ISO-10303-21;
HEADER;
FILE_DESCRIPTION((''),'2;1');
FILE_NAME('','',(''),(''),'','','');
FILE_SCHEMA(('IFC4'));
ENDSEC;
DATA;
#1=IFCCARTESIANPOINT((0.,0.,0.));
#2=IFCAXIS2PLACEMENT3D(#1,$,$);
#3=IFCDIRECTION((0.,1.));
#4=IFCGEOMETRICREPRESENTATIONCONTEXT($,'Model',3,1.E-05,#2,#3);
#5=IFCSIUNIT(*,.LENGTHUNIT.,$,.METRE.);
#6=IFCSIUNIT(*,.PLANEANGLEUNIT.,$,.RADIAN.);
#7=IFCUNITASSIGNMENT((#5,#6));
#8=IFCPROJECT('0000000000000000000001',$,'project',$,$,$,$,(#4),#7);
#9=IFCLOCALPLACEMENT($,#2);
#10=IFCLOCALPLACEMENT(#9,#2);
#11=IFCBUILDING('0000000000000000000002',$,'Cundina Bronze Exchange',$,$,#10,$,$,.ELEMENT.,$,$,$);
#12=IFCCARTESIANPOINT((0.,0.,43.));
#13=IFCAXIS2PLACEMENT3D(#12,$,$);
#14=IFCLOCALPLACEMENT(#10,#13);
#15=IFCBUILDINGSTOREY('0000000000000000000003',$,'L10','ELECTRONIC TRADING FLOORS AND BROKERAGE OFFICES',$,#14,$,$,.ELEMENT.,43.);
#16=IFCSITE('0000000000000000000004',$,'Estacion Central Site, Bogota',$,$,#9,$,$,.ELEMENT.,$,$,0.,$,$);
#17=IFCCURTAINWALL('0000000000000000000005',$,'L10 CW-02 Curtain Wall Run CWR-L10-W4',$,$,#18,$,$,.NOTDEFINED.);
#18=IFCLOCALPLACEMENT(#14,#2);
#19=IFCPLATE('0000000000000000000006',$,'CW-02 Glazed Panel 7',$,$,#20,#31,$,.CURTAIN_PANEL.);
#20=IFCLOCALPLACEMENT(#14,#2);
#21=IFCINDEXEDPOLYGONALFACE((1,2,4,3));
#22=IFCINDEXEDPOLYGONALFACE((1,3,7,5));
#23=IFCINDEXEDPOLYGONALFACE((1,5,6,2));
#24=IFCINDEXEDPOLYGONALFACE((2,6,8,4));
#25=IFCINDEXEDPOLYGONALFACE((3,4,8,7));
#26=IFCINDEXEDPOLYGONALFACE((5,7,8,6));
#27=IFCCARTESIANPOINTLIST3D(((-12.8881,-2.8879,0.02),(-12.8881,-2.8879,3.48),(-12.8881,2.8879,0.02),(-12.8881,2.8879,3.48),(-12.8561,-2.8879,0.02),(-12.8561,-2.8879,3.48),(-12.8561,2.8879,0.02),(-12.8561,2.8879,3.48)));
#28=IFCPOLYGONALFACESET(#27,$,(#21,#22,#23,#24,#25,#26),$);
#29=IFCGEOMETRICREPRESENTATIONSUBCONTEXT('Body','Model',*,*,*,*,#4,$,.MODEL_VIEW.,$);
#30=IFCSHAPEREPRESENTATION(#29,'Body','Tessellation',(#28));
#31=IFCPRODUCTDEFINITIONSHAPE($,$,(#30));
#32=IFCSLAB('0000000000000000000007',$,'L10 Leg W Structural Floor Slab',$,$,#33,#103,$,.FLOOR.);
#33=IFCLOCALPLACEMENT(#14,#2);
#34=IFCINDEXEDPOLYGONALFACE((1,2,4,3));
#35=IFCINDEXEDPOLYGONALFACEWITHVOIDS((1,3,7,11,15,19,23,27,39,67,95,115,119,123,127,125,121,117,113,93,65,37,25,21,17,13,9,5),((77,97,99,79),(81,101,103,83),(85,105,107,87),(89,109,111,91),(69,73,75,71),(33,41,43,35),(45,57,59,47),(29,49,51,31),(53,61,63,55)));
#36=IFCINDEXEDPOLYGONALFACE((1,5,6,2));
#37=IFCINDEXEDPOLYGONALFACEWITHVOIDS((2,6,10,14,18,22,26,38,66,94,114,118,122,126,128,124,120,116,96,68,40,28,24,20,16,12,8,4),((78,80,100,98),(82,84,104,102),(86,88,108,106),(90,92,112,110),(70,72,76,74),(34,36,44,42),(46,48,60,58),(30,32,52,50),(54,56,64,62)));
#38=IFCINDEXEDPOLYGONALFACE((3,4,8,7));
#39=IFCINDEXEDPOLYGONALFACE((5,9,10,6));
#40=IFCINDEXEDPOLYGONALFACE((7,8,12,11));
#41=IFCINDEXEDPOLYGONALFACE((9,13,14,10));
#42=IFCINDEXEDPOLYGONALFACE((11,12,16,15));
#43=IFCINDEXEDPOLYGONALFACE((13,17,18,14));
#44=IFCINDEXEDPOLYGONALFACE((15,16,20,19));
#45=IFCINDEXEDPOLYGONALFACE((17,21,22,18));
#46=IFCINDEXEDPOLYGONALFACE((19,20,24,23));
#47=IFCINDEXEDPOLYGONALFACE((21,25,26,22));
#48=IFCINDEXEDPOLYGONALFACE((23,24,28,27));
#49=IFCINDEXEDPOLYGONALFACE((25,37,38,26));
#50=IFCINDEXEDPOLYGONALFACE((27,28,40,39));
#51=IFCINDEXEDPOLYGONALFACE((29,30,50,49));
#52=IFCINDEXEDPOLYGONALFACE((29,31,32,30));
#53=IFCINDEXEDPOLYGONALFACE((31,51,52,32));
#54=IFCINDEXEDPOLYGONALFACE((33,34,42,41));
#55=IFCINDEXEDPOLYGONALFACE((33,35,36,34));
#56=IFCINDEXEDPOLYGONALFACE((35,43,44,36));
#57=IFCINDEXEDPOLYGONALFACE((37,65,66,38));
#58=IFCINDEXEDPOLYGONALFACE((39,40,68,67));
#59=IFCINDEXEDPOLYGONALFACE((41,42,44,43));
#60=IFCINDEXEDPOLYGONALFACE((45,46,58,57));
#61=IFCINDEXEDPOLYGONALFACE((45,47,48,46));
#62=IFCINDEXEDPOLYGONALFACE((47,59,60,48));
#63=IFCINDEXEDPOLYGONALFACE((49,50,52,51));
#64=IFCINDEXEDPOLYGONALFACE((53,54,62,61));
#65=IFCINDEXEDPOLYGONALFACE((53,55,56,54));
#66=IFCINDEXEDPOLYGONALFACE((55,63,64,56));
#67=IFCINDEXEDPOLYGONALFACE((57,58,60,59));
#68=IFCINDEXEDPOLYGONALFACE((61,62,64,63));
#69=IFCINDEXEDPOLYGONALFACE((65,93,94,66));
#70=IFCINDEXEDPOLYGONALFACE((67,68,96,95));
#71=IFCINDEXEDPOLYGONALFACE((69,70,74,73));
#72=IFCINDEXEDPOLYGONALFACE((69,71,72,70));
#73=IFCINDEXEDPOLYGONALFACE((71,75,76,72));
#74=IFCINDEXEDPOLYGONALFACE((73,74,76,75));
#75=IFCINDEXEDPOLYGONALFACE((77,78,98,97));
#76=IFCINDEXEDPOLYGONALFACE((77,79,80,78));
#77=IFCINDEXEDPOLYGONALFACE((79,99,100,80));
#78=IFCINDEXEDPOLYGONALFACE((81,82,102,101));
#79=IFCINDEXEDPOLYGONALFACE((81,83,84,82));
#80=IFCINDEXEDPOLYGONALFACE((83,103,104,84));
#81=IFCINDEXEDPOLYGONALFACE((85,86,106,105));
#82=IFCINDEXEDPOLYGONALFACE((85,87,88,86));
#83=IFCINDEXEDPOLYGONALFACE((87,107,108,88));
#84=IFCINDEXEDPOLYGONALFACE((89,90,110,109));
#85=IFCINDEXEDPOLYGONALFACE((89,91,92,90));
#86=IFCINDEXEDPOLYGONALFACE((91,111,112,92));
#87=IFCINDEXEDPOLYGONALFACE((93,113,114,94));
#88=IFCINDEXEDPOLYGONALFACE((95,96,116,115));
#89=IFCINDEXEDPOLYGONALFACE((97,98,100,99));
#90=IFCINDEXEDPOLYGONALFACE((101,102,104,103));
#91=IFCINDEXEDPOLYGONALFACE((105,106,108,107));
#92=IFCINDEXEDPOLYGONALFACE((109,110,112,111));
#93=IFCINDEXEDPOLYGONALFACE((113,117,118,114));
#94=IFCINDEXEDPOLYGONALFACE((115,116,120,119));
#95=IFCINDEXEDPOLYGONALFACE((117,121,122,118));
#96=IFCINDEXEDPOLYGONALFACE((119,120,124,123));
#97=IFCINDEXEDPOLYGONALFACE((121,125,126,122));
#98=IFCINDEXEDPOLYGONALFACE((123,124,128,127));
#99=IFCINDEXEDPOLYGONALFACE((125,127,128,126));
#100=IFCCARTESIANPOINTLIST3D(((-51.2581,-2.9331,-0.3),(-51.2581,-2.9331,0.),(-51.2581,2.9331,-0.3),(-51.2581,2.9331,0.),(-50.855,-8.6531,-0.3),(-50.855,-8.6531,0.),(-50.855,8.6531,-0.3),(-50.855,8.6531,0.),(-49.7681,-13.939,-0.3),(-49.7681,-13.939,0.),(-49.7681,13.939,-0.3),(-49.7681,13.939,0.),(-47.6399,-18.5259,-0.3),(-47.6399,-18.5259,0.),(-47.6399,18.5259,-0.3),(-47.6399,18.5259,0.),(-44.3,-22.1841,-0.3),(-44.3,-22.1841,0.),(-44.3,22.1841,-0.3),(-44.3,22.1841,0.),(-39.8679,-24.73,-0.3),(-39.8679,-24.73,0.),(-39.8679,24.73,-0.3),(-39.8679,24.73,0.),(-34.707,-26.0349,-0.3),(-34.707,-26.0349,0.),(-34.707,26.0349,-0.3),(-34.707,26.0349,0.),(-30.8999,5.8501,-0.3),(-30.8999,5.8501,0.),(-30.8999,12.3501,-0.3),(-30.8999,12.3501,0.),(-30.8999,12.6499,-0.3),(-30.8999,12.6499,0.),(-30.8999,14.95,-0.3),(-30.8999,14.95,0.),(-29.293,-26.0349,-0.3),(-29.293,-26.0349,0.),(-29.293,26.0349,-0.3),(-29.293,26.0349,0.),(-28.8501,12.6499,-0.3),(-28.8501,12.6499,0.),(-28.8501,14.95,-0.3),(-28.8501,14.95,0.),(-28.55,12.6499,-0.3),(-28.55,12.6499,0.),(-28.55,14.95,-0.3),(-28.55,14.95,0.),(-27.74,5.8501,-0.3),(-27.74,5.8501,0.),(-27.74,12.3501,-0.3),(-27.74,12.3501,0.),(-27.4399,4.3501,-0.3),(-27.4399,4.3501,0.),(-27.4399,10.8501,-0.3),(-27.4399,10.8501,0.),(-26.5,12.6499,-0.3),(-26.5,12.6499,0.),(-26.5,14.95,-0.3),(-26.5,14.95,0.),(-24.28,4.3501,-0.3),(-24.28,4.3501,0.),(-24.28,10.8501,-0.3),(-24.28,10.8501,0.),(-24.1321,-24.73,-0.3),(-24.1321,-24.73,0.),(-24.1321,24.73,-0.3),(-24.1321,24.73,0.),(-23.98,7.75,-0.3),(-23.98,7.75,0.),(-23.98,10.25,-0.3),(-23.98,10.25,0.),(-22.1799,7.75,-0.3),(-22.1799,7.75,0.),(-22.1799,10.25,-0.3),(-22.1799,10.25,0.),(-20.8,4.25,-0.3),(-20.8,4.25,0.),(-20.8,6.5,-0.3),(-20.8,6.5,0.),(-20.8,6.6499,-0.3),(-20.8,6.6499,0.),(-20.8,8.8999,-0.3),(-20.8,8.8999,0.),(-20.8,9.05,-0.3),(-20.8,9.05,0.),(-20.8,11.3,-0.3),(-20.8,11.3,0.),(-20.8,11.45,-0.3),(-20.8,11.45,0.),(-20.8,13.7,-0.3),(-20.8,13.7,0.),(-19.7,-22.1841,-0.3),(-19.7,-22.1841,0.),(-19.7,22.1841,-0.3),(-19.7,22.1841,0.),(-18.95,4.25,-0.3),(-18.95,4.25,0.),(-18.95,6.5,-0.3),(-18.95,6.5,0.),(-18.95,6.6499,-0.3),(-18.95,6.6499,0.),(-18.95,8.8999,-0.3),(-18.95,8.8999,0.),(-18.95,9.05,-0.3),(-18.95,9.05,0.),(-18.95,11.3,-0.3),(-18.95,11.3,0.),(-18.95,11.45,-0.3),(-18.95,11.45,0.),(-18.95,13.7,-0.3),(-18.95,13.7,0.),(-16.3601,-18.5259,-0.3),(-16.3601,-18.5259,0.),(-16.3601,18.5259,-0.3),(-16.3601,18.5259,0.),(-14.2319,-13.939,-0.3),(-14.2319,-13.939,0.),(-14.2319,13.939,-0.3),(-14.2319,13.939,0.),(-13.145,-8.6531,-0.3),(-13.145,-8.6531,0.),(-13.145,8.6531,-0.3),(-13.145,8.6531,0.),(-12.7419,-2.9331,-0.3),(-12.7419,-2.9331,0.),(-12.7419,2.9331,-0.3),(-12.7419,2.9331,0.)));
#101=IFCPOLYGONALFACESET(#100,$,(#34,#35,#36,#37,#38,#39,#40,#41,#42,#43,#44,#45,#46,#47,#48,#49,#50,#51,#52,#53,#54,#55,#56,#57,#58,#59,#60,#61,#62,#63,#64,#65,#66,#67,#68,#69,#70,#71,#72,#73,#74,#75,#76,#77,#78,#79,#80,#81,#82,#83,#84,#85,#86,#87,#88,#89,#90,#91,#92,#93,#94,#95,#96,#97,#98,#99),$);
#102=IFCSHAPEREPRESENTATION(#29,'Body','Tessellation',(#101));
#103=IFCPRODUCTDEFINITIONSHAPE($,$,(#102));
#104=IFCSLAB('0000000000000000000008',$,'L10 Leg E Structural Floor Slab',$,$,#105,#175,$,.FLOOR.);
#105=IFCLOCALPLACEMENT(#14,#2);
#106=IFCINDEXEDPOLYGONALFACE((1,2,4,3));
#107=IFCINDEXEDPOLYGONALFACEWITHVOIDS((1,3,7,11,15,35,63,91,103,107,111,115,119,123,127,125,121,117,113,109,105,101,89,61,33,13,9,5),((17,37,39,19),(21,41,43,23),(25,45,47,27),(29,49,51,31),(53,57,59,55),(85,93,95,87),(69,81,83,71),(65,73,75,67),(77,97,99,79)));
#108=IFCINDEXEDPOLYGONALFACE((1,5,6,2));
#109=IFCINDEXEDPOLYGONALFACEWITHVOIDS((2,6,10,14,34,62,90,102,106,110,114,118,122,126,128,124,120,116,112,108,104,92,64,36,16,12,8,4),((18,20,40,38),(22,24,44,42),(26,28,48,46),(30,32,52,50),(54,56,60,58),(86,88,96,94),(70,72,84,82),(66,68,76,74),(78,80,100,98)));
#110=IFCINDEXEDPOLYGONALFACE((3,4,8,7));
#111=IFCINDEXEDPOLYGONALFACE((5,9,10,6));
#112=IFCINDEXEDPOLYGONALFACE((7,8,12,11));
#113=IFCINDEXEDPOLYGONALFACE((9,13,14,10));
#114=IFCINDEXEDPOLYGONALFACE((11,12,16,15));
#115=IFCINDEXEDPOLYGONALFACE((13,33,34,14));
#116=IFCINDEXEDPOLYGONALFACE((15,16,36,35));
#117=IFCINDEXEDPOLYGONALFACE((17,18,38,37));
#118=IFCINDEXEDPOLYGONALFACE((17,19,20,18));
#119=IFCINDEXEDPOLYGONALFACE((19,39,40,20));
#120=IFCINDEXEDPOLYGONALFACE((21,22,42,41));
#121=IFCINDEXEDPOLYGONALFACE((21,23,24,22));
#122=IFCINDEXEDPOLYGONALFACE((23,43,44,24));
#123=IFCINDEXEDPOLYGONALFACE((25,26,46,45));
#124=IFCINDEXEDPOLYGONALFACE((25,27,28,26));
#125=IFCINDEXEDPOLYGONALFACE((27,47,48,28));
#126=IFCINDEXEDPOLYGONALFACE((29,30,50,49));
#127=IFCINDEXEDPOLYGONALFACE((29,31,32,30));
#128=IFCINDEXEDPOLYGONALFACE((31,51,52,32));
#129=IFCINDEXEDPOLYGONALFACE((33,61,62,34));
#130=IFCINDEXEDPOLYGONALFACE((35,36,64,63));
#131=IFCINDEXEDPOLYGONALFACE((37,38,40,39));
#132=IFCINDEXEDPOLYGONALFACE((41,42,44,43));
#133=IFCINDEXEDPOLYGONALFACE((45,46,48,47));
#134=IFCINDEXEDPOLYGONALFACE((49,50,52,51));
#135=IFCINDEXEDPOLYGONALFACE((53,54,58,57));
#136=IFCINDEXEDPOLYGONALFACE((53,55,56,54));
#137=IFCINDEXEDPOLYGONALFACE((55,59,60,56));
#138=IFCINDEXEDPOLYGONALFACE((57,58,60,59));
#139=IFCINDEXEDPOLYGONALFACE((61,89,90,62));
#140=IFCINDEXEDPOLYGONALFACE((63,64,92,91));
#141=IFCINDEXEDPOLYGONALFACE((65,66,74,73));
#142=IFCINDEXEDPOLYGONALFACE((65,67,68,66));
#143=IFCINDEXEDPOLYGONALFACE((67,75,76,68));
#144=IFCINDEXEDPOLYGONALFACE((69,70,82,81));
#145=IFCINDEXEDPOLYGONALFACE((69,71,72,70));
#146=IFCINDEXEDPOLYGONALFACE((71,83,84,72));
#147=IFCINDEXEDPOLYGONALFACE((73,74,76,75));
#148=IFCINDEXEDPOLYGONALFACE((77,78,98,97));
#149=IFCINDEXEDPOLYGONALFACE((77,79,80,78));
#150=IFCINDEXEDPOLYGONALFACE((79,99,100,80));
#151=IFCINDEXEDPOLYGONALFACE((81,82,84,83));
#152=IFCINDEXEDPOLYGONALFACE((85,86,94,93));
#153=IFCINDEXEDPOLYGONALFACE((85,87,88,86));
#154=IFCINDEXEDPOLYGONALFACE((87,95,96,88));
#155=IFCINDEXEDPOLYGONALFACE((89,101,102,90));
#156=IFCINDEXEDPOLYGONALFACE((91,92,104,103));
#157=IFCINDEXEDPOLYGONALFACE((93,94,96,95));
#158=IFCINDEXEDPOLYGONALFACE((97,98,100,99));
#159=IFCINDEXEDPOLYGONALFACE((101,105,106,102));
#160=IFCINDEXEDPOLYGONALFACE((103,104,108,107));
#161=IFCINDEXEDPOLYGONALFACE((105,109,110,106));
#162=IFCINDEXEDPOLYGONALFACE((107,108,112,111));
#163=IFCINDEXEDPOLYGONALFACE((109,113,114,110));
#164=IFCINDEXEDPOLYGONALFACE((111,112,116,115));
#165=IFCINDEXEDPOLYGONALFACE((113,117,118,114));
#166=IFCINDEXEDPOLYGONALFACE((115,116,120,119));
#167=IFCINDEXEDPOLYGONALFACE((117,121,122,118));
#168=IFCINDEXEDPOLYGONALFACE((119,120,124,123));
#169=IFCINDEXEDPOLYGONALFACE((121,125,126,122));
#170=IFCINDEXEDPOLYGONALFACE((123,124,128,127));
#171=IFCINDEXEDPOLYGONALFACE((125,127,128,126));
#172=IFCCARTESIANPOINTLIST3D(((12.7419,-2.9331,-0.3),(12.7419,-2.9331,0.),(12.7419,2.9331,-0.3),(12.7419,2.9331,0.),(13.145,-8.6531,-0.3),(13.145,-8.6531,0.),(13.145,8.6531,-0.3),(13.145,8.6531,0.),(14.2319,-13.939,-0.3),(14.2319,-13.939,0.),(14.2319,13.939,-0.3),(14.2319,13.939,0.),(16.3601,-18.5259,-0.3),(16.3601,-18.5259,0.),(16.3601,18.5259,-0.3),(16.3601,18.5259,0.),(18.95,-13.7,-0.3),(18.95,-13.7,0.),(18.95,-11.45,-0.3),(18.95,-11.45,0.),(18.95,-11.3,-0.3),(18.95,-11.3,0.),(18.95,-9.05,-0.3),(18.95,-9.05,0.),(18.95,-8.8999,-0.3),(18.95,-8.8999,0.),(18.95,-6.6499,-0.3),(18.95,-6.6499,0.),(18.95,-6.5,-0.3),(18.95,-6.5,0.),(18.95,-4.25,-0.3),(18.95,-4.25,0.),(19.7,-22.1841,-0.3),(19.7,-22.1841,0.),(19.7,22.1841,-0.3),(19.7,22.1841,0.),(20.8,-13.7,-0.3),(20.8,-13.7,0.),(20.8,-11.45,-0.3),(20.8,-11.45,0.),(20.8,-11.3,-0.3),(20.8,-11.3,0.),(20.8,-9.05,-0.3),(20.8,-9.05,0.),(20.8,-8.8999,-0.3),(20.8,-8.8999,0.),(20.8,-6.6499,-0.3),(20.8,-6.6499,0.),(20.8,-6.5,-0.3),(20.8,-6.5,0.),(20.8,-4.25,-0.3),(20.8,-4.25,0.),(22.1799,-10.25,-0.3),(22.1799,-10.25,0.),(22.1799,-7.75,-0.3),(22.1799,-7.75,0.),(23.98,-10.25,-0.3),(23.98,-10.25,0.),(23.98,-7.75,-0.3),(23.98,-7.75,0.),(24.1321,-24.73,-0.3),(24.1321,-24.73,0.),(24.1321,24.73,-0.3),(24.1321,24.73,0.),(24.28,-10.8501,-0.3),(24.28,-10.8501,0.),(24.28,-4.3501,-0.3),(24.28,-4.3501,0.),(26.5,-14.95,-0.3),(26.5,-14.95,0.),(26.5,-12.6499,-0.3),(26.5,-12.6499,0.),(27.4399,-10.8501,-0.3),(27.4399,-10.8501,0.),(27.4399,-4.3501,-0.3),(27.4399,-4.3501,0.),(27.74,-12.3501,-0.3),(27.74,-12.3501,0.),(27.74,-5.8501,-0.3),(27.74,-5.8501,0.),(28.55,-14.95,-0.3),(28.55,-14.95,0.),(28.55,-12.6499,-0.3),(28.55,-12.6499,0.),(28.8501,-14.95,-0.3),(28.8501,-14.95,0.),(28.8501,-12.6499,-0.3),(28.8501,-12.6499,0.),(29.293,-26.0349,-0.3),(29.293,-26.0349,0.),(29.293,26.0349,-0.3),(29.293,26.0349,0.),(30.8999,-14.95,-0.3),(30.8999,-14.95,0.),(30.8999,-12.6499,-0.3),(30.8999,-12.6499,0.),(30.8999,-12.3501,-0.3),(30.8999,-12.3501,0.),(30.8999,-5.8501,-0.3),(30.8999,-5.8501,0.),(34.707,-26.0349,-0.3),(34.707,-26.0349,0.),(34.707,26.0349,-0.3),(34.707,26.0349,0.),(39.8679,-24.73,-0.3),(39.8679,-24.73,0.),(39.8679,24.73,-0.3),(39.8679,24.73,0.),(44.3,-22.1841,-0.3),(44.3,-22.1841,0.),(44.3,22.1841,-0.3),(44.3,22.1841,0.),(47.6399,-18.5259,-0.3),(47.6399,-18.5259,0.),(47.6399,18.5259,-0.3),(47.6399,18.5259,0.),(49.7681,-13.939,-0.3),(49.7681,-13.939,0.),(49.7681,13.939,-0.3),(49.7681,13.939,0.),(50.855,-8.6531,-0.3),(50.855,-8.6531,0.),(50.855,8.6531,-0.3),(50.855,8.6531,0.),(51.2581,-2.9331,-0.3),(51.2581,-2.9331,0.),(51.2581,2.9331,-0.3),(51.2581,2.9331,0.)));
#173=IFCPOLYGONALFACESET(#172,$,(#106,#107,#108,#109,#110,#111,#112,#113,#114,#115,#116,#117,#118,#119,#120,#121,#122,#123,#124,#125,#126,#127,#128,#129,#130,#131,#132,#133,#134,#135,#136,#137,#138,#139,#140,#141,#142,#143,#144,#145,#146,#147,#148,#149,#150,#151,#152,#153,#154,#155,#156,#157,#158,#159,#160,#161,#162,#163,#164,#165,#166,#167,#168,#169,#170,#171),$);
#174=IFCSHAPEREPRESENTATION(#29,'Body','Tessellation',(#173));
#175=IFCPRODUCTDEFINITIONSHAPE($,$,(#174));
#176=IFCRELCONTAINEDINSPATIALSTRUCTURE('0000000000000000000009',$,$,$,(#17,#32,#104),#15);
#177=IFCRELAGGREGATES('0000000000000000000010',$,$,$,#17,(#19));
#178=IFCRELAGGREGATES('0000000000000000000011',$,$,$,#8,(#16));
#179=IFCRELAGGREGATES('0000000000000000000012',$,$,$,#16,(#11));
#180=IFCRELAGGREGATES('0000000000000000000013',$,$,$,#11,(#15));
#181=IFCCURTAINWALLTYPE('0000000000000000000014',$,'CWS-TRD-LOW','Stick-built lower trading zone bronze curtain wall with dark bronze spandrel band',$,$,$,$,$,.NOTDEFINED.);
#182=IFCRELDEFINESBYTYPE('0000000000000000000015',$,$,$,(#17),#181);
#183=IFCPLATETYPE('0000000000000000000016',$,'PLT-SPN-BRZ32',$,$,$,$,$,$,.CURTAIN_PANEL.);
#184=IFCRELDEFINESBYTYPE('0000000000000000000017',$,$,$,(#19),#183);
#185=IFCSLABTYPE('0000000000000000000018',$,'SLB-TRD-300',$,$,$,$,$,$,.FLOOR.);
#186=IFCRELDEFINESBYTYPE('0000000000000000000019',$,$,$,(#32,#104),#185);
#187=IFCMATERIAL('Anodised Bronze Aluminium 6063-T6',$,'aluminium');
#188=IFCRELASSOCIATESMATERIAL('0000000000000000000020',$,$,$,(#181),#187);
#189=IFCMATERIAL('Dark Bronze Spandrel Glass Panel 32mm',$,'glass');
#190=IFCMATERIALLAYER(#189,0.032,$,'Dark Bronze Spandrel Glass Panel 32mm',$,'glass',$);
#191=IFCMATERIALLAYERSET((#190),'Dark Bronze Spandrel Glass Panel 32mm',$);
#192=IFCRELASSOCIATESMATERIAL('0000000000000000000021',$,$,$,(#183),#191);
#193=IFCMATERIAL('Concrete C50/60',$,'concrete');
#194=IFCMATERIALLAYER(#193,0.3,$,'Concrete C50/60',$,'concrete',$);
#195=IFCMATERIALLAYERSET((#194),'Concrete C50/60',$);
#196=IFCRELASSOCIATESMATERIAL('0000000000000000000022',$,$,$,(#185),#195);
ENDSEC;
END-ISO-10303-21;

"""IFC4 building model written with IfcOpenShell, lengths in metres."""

from ifc_helpers import new_model, si_unit, direction, frame, origin, origin_2d, place, context, subcontext, project, spatial, polyline, rectangle, outline, extrude, material, layer, layer_set, type_object, element, aggregate, save


model = new_model("IFC4")

# Units and contexts
model_context = context("Model", 3, precision=1e-05, world=origin(), true_north=direction((0.0, 1.0)))
body_context = subcontext(model_context, "Body", "Model", "MODEL_VIEW")
ifc_project = project(units=[si_unit("LENGTHUNIT", "METRE"), si_unit("PLANEANGLEUNIT", "RADIAN")], contexts=[model_context])

# Site, building, storey
site_placement = place(None, origin())
site = spatial("IfcSite", under=ifc_project, at=site_placement, Name="Estacion Central Site, Bogota", CompositionType="ELEMENT", RefElevation=0.0)
building_placement = place(site_placement, origin())
building = spatial("IfcBuilding", under=site, at=building_placement, Name="Cundina Bronze Exchange", CompositionType="ELEMENT")
storey_placement = place(building_placement, frame((0.0, 0.0, 43.0)))
storey = spatial("IfcBuildingStorey", under=building, at=storey_placement, Name="L10", Description="ELECTRONIC TRADING FLOORS AND BROKERAGE OFFICES", CompositionType="ELEMENT", Elevation=43.0)

# Shared definitions
ifc_material_1 = material(Name="Anodised Bronze Aluminium 6063-T6", Category="aluminium")
curtain_wall_type = type_object("IfcCurtainWallType", Name="CWS-TRD-LOW", Description="Stick-built lower trading zone bronze curtain wall with dark bronze spandrel band", PredefinedType="NOTDEFINED", material=ifc_material_1)

# Curtain wall
curtain_wall_1_placement = place(storey_placement, origin())
curtain_wall_1 = element("IfcCurtainWall", 1, at=curtain_wall_1_placement, inside=storey, type_object=curtain_wall_type, Name="L10 CW-02 Curtain Wall Run CWR-L10-W4", PredefinedType="NOTDEFINED")

# Plate
ifc_material_2 = material(Name="Dark Bronze Spandrel Glass Panel 32mm", Category="glass")
ifc_layer_1 = layer(ifc_material_2, 0.032, Name="Dark Bronze Spandrel Glass Panel 32mm", Category="glass")
ifc_layer_set_1 = layer_set([ifc_layer_1], Name="Dark Bronze Spandrel Glass Panel 32mm")
plate_type_1 = type_object("IfcPlateType", Name="PLT-SPN-BRZ32", PredefinedType="CURTAIN_PANEL", material=ifc_layer_set_1)
plate_1_placement = place(storey_placement, frame((-12.8721, 0.0, 0.02), z_axis=(0.0, 0.0, 1.0), x_axis=(0.0, 1.0, 0.0)))
plate_1 = element("IfcPlate", 2, at=plate_1_placement, type_object=plate_type_1, Name="CW-02 Glazed Panel 7", PredefinedType="CURTAIN_PANEL", context=body_context, shape_type="SweptSolid", body=[
    extrude(rectangle(XDim=5.7759, YDim=0.032, at=origin_2d()), origin(), (0.0, 0.0, 1.0), 3.46),
])
aggregate(curtain_wall_1, [plate_1])

# Slabs
ifc_material_3 = material(Name="Concrete C50/60", Category="concrete")
ifc_layer_2 = layer(ifc_material_3, 0.3, Name="Concrete C50/60", Category="concrete")
ifc_layer_set_2 = layer_set([ifc_layer_2], Name="Concrete C50/60")
slab_type = type_object("IfcSlabType", Name="SLB-TRD-300", PredefinedType="FLOOR", material=ifc_layer_set_2)
slab_1_placement = place(storey_placement, frame((0.0, 0.0, -0.3)))
element("IfcSlab", 3, at=slab_1_placement, inside=storey, type_object=slab_type, Name="L10 Leg W Structural Floor Slab", PredefinedType="FLOOR", context=body_context, shape_type="SweptSolid", body=[
    extrude(outline(polyline([(-12.7419, 2.9331), (-13.145, 8.6531), (-14.2319, 13.939), (-16.3601, 18.5259), (-19.7, 22.1841), (-24.1321, 24.73), (-29.293, 26.0349), (-34.707, 26.0349), (-39.8679, 24.73), (-44.3, 22.1841), (-47.6399, 18.5259), (-49.7681, 13.939), (-50.855, 8.6531), (-51.2581, 2.9331), (-51.2581, -2.9331), (-50.855, -8.6531), (-49.7681, -13.939), (-47.6399, -18.5259), (-44.3, -22.1841), (-39.8679, -24.73), (-34.707, -26.0349), (-29.293, -26.0349), (-24.1321, -24.73), (-19.7, -22.1841), (-16.3601, -18.5259), (-14.2319, -13.939), (-13.145, -8.6531), (-12.7419, -2.9331), (-12.7419, 2.9331)]), holes=[polyline([(-27.74, 5.8501), (-27.74, 12.3501), (-30.8999, 12.3501), (-30.8999, 5.8501), (-27.74, 5.8501)]), polyline([(-27.4399, 10.8501), (-27.4399, 4.3501), (-24.28, 4.3501), (-24.28, 10.8501), (-27.4399, 10.8501)]), polyline([(-23.98, 10.25), (-22.1799, 10.25), (-22.1799, 7.75), (-23.98, 7.75), (-23.98, 10.25)]), polyline([(-30.8999, 14.95), (-28.8501, 14.95), (-28.8501, 12.6499), (-30.8999, 12.6499), (-30.8999, 14.95)]), polyline([(-28.55, 14.95), (-26.5, 14.95), (-26.5, 12.6499), (-28.55, 12.6499), (-28.55, 14.95)]), polyline([(-20.8, 13.7), (-18.95, 13.7), (-18.95, 11.45), (-20.8, 11.45), (-20.8, 13.7)]), polyline([(-20.8, 11.3), (-18.95, 11.3), (-18.95, 9.05), (-20.8, 9.05), (-20.8, 11.3)]), polyline([(-20.8, 8.8999), (-18.95, 8.8999), (-18.95, 6.6499), (-20.8, 6.6499), (-20.8, 8.8999)]), polyline([(-20.8, 6.5), (-18.95, 6.5), (-18.95, 4.25), (-20.8, 4.25), (-20.8, 6.5)])]), origin(), (0.0, 0.0, 1.0), 0.3),
])
slab_2_placement = place(storey_placement, frame((0.0, 0.0, -0.3)))
element("IfcSlab", 4, at=slab_2_placement, inside=storey, type_object=slab_type, Name="L10 Leg E Structural Floor Slab", PredefinedType="FLOOR", context=body_context, shape_type="SweptSolid", body=[
    extrude(outline(polyline([(51.2581, 2.9331), (50.855, 8.6531), (49.7681, 13.939), (47.6399, 18.5259), (44.3, 22.1841), (39.8679, 24.73), (34.707, 26.0349), (29.293, 26.0349), (24.1321, 24.73), (19.7, 22.1841), (16.3601, 18.5259), (14.2319, 13.939), (13.145, 8.6531), (12.7419, 2.9331), (12.7419, -2.9331), (13.145, -8.6531), (14.2319, -13.939), (16.3601, -18.5259), (19.7, -22.1841), (24.1321, -24.73), (29.293, -26.0349), (34.707, -26.0349), (39.8679, -24.73), (44.3, -22.1841), (47.6399, -18.5259), (49.7681, -13.939), (50.855, -8.6531), (51.2581, -2.9331), (51.2581, 2.9331)]), holes=[polyline([(27.74, -5.8501), (27.74, -12.3501), (30.8999, -12.3501), (30.8999, -5.8501), (27.74, -5.8501)]), polyline([(27.4399, -10.8501), (27.4399, -4.3501), (24.28, -4.3501), (24.28, -10.8501), (27.4399, -10.8501)]), polyline([(22.1799, -7.75), (23.98, -7.75), (23.98, -10.25), (22.1799, -10.25), (22.1799, -7.75)]), polyline([(28.8501, -12.6499), (30.8999, -12.6499), (30.8999, -14.95), (28.8501, -14.95), (28.8501, -12.6499)]), polyline([(26.5, -12.6499), (28.55, -12.6499), (28.55, -14.95), (26.5, -14.95), (26.5, -12.6499)]), polyline([(18.95, -11.45), (20.8, -11.45), (20.8, -13.7), (18.95, -13.7), (18.95, -11.45)]), polyline([(18.95, -9.05), (20.8, -9.05), (20.8, -11.3), (18.95, -11.3), (18.95, -9.05)]), polyline([(18.95, -6.6499), (20.8, -6.6499), (20.8, -8.8999), (18.95, -8.8999), (18.95, -6.6499)]), polyline([(18.95, -4.25), (20.8, -4.25), (20.8, -6.5), (18.95, -6.5), (18.95, -4.25)])]), origin(), (0.0, 0.0, 1.0), 0.3),
])

save(model, "model.ifc")
